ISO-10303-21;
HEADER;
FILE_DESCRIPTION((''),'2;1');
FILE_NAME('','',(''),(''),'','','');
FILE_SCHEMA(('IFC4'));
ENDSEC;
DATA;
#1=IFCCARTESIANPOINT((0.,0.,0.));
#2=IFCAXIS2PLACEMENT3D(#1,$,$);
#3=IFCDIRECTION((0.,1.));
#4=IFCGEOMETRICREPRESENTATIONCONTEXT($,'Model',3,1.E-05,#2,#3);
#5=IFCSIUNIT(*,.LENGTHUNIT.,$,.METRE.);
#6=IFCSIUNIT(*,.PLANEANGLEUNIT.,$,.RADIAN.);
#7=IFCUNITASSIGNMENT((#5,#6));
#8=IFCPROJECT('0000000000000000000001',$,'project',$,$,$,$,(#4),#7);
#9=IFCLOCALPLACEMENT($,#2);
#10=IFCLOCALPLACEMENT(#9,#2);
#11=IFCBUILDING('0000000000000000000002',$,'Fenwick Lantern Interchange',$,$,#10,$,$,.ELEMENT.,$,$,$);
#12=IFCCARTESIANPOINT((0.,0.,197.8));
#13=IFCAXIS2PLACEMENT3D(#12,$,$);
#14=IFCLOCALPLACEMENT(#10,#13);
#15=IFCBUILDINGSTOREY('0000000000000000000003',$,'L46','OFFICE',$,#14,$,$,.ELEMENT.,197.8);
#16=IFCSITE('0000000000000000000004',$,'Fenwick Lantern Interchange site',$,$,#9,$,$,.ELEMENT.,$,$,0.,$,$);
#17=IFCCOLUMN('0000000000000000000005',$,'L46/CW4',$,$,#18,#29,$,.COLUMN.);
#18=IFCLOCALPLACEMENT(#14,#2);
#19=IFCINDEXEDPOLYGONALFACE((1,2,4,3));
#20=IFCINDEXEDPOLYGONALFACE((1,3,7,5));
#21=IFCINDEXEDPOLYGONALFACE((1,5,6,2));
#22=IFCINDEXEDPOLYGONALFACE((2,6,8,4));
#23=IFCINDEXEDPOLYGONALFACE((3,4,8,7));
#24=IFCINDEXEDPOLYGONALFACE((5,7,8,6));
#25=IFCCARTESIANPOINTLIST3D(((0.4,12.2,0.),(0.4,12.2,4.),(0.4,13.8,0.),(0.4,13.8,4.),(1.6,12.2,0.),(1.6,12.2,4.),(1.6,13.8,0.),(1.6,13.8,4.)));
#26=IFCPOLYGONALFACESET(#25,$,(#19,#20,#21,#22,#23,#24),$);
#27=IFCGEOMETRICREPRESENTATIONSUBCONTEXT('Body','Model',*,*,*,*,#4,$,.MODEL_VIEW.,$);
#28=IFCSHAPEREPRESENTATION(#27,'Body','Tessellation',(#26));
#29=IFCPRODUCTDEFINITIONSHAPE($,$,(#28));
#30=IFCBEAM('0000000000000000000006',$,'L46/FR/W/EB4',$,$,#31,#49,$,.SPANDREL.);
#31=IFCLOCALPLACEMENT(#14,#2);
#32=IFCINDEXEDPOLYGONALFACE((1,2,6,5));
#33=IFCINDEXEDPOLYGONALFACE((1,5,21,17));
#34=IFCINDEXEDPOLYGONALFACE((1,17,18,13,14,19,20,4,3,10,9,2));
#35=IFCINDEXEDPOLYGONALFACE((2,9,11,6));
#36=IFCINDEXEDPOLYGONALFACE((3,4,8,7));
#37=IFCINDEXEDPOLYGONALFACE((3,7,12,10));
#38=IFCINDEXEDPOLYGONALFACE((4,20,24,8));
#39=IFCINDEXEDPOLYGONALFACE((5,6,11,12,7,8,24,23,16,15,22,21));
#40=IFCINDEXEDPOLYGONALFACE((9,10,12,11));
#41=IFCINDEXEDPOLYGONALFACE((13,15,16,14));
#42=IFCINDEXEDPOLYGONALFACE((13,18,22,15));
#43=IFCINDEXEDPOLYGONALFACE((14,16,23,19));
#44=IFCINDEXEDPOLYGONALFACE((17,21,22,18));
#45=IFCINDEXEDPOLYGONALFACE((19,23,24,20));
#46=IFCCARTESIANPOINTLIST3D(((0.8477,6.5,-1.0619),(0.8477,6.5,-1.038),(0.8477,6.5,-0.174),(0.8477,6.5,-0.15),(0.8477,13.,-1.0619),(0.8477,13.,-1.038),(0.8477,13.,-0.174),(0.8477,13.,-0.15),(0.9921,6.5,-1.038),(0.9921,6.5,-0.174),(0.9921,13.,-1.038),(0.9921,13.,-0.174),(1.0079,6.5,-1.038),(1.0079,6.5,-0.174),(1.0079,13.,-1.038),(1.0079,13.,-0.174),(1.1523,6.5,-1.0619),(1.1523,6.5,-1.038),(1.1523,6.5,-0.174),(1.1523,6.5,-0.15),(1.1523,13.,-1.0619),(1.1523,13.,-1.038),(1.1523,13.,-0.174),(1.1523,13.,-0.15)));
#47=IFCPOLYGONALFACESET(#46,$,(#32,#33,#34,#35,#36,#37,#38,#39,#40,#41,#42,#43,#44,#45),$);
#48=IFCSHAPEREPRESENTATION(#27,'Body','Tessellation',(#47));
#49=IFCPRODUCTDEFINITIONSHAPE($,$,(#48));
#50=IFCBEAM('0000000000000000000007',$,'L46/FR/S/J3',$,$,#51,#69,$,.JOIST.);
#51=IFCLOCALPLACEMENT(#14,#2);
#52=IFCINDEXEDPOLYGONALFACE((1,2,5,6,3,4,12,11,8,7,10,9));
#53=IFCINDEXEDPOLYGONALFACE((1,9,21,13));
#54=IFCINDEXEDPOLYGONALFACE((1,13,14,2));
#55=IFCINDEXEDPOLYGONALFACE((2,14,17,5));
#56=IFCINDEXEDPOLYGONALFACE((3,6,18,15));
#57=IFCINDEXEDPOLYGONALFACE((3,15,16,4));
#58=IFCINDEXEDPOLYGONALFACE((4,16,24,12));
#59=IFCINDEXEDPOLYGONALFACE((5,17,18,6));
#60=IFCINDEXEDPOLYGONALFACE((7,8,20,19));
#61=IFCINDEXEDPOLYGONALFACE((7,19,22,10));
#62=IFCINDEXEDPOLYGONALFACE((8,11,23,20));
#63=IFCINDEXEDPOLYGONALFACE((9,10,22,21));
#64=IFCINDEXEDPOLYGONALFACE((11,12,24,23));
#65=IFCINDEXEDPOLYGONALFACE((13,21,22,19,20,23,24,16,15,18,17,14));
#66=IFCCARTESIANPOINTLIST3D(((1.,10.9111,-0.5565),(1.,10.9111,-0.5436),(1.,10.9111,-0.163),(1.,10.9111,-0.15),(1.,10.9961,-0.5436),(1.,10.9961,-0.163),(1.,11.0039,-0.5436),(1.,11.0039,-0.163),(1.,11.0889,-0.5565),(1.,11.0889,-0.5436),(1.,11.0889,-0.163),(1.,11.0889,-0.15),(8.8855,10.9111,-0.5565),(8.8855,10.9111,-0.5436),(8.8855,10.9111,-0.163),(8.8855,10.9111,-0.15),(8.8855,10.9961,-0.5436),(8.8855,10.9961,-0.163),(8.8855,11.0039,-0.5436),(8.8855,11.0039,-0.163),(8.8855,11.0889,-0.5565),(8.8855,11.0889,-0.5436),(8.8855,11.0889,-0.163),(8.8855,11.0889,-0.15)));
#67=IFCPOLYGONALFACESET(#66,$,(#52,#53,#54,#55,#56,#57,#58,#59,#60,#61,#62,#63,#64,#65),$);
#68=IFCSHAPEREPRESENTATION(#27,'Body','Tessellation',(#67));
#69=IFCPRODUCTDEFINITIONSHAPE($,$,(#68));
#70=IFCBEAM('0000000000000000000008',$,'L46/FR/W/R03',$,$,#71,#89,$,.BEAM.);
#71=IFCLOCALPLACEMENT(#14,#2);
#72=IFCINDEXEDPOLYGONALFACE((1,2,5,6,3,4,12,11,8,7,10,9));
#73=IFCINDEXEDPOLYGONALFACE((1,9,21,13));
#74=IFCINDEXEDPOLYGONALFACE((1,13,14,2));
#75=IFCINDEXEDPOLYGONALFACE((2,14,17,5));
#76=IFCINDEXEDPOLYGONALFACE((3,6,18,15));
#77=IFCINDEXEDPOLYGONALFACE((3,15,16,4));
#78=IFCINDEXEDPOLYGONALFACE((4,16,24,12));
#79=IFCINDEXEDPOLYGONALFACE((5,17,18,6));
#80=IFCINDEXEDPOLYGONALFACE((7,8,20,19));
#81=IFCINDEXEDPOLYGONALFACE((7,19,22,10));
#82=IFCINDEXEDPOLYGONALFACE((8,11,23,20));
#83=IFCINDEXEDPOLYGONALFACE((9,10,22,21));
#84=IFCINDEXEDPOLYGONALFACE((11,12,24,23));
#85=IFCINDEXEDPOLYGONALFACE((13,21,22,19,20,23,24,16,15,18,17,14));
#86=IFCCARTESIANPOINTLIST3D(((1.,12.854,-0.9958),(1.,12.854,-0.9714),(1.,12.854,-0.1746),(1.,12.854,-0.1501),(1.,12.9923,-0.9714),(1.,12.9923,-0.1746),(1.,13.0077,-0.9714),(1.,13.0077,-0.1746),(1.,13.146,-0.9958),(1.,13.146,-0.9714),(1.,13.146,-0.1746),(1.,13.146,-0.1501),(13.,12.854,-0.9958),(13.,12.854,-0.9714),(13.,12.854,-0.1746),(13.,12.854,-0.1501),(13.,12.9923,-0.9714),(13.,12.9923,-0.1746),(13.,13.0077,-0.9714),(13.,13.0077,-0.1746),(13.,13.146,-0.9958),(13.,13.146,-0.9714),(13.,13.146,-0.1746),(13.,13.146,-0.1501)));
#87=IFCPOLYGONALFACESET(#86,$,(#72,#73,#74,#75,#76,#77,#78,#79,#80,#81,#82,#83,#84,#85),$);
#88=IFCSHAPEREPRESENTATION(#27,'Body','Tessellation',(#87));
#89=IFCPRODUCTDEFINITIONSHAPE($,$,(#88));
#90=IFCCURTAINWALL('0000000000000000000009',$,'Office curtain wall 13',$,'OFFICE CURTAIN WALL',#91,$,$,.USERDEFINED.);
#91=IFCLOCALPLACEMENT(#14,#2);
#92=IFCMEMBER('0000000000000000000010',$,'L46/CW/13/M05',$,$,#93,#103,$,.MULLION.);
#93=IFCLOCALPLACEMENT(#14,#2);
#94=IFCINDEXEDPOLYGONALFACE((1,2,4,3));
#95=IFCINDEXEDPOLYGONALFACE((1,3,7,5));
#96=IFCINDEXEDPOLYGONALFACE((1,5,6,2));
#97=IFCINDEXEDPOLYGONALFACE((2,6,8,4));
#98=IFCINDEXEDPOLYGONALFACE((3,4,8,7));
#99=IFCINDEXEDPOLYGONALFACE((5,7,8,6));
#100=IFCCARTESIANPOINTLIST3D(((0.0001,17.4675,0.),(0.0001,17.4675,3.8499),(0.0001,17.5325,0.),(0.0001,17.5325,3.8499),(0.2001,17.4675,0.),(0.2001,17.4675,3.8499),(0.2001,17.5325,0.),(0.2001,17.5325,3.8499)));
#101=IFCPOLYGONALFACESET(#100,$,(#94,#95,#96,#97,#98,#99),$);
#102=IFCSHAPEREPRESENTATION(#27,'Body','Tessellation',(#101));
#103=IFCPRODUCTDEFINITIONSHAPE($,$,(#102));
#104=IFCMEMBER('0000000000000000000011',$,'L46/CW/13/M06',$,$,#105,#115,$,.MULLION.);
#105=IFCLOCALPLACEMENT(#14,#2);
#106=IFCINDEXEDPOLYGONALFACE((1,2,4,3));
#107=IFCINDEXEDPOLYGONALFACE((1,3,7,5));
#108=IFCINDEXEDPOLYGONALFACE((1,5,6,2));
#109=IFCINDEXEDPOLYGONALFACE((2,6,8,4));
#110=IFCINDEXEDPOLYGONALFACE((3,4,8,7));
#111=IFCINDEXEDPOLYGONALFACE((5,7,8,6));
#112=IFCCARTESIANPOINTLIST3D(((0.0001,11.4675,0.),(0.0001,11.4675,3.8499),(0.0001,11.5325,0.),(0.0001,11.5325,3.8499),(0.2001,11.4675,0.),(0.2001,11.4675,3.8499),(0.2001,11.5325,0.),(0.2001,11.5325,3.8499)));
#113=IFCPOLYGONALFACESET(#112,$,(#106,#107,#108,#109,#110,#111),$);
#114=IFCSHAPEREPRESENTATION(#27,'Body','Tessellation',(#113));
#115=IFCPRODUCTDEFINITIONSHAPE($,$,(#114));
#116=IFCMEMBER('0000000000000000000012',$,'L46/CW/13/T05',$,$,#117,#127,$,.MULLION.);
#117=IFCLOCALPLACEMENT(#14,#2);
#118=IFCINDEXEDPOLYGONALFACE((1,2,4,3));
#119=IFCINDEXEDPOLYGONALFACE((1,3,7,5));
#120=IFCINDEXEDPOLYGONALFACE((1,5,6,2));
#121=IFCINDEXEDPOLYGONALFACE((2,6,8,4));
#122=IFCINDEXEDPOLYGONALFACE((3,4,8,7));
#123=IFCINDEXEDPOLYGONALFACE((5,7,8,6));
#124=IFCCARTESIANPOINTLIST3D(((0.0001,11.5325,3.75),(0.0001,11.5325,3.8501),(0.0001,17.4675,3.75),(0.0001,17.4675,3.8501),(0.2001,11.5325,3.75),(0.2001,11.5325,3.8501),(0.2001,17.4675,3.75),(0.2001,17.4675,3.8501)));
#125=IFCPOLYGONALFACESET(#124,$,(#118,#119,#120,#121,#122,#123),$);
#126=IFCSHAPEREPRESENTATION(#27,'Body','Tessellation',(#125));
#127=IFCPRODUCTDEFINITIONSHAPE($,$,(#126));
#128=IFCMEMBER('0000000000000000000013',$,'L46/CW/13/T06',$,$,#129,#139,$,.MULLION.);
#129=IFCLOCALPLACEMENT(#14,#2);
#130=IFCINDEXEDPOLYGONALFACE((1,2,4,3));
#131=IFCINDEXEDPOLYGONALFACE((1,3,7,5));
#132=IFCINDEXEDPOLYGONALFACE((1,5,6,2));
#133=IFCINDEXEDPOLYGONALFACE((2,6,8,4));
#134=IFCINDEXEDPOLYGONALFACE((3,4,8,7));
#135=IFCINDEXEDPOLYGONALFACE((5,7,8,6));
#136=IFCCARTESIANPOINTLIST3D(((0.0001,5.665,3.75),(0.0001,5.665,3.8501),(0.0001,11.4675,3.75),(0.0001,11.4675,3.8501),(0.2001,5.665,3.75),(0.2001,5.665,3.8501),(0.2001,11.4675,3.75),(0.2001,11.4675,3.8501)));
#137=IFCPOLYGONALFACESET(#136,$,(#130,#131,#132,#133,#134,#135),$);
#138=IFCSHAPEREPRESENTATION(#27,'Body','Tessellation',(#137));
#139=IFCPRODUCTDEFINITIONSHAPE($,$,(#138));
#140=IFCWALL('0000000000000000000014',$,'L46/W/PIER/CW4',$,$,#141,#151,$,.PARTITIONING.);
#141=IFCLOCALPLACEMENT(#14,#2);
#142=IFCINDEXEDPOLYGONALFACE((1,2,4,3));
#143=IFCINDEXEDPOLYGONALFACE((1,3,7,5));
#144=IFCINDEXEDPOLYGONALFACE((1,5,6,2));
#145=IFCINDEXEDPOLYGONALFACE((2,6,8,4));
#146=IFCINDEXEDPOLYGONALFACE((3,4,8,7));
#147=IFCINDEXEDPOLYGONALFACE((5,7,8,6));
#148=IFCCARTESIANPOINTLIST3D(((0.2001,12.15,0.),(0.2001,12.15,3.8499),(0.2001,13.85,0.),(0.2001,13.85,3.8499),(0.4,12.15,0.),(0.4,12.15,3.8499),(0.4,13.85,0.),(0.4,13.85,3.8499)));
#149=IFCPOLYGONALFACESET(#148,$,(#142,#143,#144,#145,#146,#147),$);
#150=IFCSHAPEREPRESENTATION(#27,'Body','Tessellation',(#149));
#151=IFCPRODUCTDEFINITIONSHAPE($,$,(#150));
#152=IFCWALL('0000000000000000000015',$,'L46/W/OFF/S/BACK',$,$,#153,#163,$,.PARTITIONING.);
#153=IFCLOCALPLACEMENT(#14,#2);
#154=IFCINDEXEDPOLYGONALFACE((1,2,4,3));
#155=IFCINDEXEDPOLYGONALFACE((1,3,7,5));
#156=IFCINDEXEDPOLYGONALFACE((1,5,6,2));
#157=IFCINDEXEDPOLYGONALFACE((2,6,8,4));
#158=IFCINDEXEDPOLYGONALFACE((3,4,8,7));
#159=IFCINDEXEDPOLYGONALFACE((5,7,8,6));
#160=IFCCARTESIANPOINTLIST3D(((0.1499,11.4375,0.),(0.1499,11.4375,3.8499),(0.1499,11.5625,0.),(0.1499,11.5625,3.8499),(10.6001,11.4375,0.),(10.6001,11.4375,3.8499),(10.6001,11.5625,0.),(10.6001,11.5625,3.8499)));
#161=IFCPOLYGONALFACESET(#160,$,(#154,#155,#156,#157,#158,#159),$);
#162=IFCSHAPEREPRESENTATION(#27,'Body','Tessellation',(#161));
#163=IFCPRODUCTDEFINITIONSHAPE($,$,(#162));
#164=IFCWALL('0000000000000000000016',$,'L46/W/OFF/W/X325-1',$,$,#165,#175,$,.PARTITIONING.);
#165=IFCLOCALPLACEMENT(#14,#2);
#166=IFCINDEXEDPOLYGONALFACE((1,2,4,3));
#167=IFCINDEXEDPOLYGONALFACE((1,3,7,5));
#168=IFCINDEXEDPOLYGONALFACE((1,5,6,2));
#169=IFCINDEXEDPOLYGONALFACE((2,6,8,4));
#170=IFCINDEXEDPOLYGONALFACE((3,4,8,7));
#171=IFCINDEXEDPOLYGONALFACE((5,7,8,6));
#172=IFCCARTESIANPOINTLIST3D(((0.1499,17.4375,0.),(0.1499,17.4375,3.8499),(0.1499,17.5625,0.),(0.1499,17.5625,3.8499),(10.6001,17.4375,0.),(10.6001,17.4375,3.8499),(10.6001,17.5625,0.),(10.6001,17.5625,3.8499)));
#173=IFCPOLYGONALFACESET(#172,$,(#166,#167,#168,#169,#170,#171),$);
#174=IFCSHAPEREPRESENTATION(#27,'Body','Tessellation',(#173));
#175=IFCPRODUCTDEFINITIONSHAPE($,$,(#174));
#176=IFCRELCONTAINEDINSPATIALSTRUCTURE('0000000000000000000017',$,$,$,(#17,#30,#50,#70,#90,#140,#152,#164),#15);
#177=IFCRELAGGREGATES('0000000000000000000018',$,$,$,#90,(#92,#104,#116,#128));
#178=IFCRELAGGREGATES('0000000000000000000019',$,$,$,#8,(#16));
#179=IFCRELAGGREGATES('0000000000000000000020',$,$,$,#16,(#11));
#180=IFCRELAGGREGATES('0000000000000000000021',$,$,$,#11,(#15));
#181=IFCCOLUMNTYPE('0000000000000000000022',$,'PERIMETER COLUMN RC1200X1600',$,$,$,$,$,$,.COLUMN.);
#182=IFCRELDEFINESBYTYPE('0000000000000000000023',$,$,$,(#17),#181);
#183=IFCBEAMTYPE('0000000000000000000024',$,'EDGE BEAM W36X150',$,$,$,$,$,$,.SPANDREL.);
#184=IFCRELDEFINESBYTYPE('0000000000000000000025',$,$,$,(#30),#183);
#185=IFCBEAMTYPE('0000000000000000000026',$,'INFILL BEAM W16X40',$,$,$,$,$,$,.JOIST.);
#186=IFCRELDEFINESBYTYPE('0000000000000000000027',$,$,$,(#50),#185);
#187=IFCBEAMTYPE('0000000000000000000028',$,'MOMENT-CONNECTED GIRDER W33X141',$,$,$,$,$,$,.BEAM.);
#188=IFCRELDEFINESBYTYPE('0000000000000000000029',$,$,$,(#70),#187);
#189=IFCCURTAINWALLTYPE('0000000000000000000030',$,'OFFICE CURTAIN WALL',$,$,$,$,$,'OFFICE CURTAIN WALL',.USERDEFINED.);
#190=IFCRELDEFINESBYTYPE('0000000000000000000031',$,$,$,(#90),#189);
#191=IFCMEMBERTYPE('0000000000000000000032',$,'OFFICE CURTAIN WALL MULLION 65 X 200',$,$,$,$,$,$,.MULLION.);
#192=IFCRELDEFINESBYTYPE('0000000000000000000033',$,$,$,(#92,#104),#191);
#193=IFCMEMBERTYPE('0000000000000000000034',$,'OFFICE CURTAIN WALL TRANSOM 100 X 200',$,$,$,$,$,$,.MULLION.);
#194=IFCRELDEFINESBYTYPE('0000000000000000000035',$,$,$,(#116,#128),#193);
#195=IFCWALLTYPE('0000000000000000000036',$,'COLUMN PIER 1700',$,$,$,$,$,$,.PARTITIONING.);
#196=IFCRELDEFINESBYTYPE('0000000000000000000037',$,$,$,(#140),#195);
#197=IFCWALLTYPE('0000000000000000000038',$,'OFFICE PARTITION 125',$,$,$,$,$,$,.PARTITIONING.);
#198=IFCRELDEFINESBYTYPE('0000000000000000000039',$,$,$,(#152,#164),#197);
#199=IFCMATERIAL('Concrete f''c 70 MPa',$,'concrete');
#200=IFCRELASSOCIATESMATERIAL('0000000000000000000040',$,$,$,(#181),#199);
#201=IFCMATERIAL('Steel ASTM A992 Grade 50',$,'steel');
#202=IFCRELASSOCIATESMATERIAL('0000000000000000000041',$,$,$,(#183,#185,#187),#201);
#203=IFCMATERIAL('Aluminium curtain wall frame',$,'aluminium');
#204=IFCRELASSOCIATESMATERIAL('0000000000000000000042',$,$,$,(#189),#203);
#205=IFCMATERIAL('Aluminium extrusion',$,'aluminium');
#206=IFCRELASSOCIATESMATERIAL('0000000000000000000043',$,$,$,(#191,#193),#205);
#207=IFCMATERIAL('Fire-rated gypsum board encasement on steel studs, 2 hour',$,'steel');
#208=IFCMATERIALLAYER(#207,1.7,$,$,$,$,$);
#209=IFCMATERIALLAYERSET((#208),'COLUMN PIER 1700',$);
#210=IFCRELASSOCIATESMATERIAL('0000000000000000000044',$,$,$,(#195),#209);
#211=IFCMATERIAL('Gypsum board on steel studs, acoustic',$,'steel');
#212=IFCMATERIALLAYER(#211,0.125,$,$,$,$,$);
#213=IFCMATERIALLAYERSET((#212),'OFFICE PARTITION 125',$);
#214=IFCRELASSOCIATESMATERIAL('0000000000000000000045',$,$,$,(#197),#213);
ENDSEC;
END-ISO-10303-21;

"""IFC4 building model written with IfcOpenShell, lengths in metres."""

from ifc_helpers import new_model, si_unit, direction, frame, frame_2d, origin, origin_2d, place, context, subcontext, project, spatial, rectangle, i_section, extrude, material, layer, layer_set, material_profile, profile_set, type_object, element, aggregate, save


model = new_model("IFC4")

# Units and contexts
model_context = context("Model", 3, precision=1e-05, world=origin(), true_north=direction((0.0, 1.0)))
body_context = subcontext(model_context, "Body", "Model", "MODEL_VIEW")
ifc_project = project(units=[si_unit("LENGTHUNIT", "METRE"), si_unit("PLANEANGLEUNIT", "RADIAN")], contexts=[model_context])

# Site, building, storey
site_placement = place(None, origin())
site = spatial("IfcSite", under=ifc_project, at=site_placement, Name="Fenwick Lantern Interchange site", CompositionType="ELEMENT", RefElevation=0.0)
building_placement = place(site_placement, origin())
building = spatial("IfcBuilding", under=site, at=building_placement, Name="Fenwick Lantern Interchange", CompositionType="ELEMENT")
storey_placement = place(building_placement, frame((0.0, 0.0, 197.8)))
storey = spatial("IfcBuildingStorey", under=building, at=storey_placement, Name="L46", Description="OFFICE", CompositionType="ELEMENT", Elevation=197.8)

# Column
ifc_material_1 = material(Name="Concrete f'c 70 MPa", Category="concrete")
ifc_material_profile_1 = material_profile(ifc_material_1, rectangle(XDim=1.2, YDim=1.6001, at=origin_2d()), Name="RC1200X1600")
ifc_profile_set_1 = profile_set([ifc_material_profile_1], Name="Concrete f'c 70 MPa")
column_type = type_object("IfcColumnType", Name="PERIMETER COLUMN RC1200X1600", PredefinedType="COLUMN", material=ifc_profile_set_1)
column_placement = place(storey_placement, frame((1.0, 13.0, 0.0), z_axis=(0.0, 0.0, 1.0), x_axis=(1.0, 0.0, 0.0)))
element("IfcColumn", 1, at=column_placement, inside=storey, type_object=column_type, Name="L46/CW4", PredefinedType="COLUMN", context=body_context, shape_type="SweptSolid", body=[
    extrude(rectangle(XDim=1.2, YDim=1.6001, at=origin_2d()), origin(), (0.0, 0.0, 1.0), 4.0),
])

# Beams
ifc_material_2 = material(Name="Steel ASTM A992 Grade 50", Category="steel")
ifc_material_profile_2 = material_profile(ifc_material_2, i_section(OverallWidth=0.3047, OverallDepth=0.9119, WebThickness=0.0159, FlangeThickness=0.0239, at=origin_2d()), Name="W36X150")
ifc_profile_set_2 = profile_set([ifc_material_profile_2], Name="Steel ASTM A992 Grade 50")
beam_type_1 = type_object("IfcBeamType", Name="EDGE BEAM W36X150", PredefinedType="SPANDREL", material=ifc_profile_set_2)
beam_1_placement = place(storey_placement, frame((1.0, 13.0, -0.606), z_axis=(0.0, -1.0, 0.0), x_axis=(1.0, 0.0, 0.0)))
element("IfcBeam", 2, at=beam_1_placement, inside=storey, type_object=beam_type_1, Name="L46/FR/W/EB4", PredefinedType="SPANDREL", context=body_context, shape_type="SweptSolid", body=[
    extrude(i_section(OverallWidth=0.3047, OverallDepth=0.9119, WebThickness=0.0159, FlangeThickness=0.0239, at=origin_2d()), origin(), (0.0, 0.0, 1.0), 6.5),
])
ifc_material_profile_3 = material_profile(ifc_material_2, i_section(OverallWidth=0.1777, OverallDepth=0.4065, WebThickness=0.0078, FlangeThickness=0.0129, at=origin_2d()), Name="W16X40")
ifc_profile_set_3 = profile_set([ifc_material_profile_3], Name="Steel ASTM A992 Grade 50")
beam_type_2 = type_object("IfcBeamType", Name="INFILL BEAM W16X40", PredefinedType="JOIST", material=ifc_profile_set_3)
beam_2_placement = place(storey_placement, frame((1.0, 11.0, -0.3533), z_axis=(1.0, 0.0, 0.0), x_axis=(0.0, 1.0, 0.0)))
element("IfcBeam", 3, at=beam_2_placement, inside=storey, type_object=beam_type_2, Name="L46/FR/S/J3", PredefinedType="JOIST", context=body_context, shape_type="SweptSolid", body=[
    extrude(i_section(OverallWidth=0.1777, OverallDepth=0.4065, WebThickness=0.0078, FlangeThickness=0.0129, at=origin_2d()), origin(), (0.0, 0.0, 1.0), 7.8855),
])
ifc_material_profile_4 = material_profile(ifc_material_2, i_section(OverallWidth=0.292, OverallDepth=0.8457, WebThickness=0.0154, FlangeThickness=0.0244, at=origin_2d()), Name="W33X141")
ifc_profile_set_4 = profile_set([ifc_material_profile_4], Name="Steel ASTM A992 Grade 50")
beam_type_3 = type_object("IfcBeamType", Name="MOMENT-CONNECTED GIRDER W33X141", PredefinedType="BEAM", material=ifc_profile_set_4)
beam_3_placement = place(storey_placement, frame((1.0, 13.0, -0.573), z_axis=(1.0, 0.0, 0.0), x_axis=(0.0, 1.0, 0.0)))
element("IfcBeam", 4, at=beam_3_placement, inside=storey, type_object=beam_type_3, Name="L46/FR/W/R03", PredefinedType="BEAM", context=body_context, shape_type="SweptSolid", body=[
    extrude(i_section(OverallWidth=0.292, OverallDepth=0.8457, WebThickness=0.0154, FlangeThickness=0.0244, at=origin_2d()), origin(), (0.0, 0.0, 1.0), 12.0),
])

# Curtain wall, members
ifc_material_3 = material(Name="Aluminium curtain wall frame", Category="aluminium")
curtain_wall_type = type_object("IfcCurtainWallType", Name="OFFICE CURTAIN WALL", ElementType="OFFICE CURTAIN WALL", PredefinedType="USERDEFINED", material=ifc_material_3)
curtain_wall_placement = place(storey_placement, origin())
curtain_wall = element("IfcCurtainWall", 5, at=curtain_wall_placement, inside=storey, type_object=curtain_wall_type, Name="Office curtain wall 13", ObjectType="OFFICE CURTAIN WALL", PredefinedType="USERDEFINED")
ifc_material_4 = material(Name="Aluminium extrusion", Category="aluminium")
ifc_material_profile_5 = material_profile(ifc_material_4, rectangle(XDim=0.2, YDim=0.0649, at=origin_2d()), Name="OFFICE CURTAIN WALL MULLION 65 X 200")
ifc_profile_set_5 = profile_set([ifc_material_profile_5], Name="Aluminium extrusion")
member_type_1 = type_object("IfcMemberType", Name="OFFICE CURTAIN WALL MULLION 65 X 200", PredefinedType="MULLION", material=ifc_profile_set_5)
member_1_placement = place(storey_placement, frame((0.1001, 17.5, 0.0), z_axis=(0.0, 0.0, 1.0), x_axis=(1.0, 0.0, 0.0)))
member_1 = element("IfcMember", 6, at=member_1_placement, type_object=member_type_1, Name="L46/CW/13/M05", PredefinedType="MULLION", context=body_context, shape_type="SweptSolid", body=[
    extrude(rectangle(XDim=0.2, YDim=0.0649, at=origin_2d()), origin(), (0.0, 0.0, 1.0), 3.8499),
])
member_2_placement = place(storey_placement, frame((0.1001, 11.5, 0.0), z_axis=(0.0, 0.0, 1.0), x_axis=(1.0, 0.0, 0.0)))
member_2 = element("IfcMember", 7, at=member_2_placement, type_object=member_type_1, Name="L46/CW/13/M06", PredefinedType="MULLION", context=body_context, shape_type="SweptSolid", body=[
    extrude(rectangle(XDim=0.2, YDim=0.0649, at=origin_2d()), origin(), (0.0, 0.0, 1.0), 3.8499),
])
ifc_material_profile_6 = material_profile(ifc_material_4, rectangle(XDim=0.2, YDim=0.1001, at=origin_2d()), Name="OFFICE CURTAIN WALL TRANSOM 100 X 200")
ifc_profile_set_6 = profile_set([ifc_material_profile_6], Name="Aluminium extrusion")
member_type_2 = type_object("IfcMemberType", Name="OFFICE CURTAIN WALL TRANSOM 100 X 200", PredefinedType="MULLION", material=ifc_profile_set_6)
member_3_placement = place(storey_placement, frame((0.1001, 17.4675, 3.8), z_axis=(0.0, -1.0, 0.0), x_axis=(1.0, 0.0, 0.0)))
member_3 = element("IfcMember", 8, at=member_3_placement, type_object=member_type_2, Name="L46/CW/13/T05", PredefinedType="MULLION", context=body_context, shape_type="SweptSolid", body=[
    extrude(rectangle(XDim=0.2, YDim=0.1001, at=origin_2d()), origin(), (0.0, 0.0, 1.0), 5.9351),
])
member_4_placement = place(storey_placement, frame((0.1001, 11.4675, 3.8), z_axis=(0.0, -1.0, 0.0), x_axis=(1.0, 0.0, 0.0)))
member_4 = element("IfcMember", 9, at=member_4_placement, type_object=member_type_2, Name="L46/CW/13/T06", PredefinedType="MULLION", context=body_context, shape_type="SweptSolid", body=[
    extrude(rectangle(XDim=0.2, YDim=0.1001, at=origin_2d()), origin(), (0.0, 0.0, 1.0), 5.8025),
])
aggregate(curtain_wall, [member_1, member_2, member_3, member_4])

# Walls
ifc_material_5 = material(Name="Fire-rated gypsum board encasement on steel studs, 2 hour", Category="steel")
ifc_layer_1 = layer(ifc_material_5, 1.7)
ifc_layer_set_1 = layer_set([ifc_layer_1], Name="COLUMN PIER 1700")
wall_type_1 = type_object("IfcWallType", Name="COLUMN PIER 1700", PredefinedType="PARTITIONING", material=ifc_layer_set_1)
wall_1_placement = place(storey_placement, frame((0.2, 13.0, 0.0), z_axis=(0.0, 0.0, 1.0), x_axis=(1.0, 0.0, 0.0)))
element("IfcWall", 10, at=wall_1_placement, inside=storey, type_object=wall_type_1, Name="L46/W/PIER/CW4", PredefinedType="PARTITIONING", context=body_context, shape_type="SweptSolid", body=[
    extrude(rectangle(XDim=0.2, YDim=1.7, at=frame_2d((0.1001, 0.0))), origin(), (0.0, 0.0, 1.0), 3.8499),
])
ifc_material_6 = material(Name="Gypsum board on steel studs, acoustic", Category="steel")
ifc_layer_2 = layer(ifc_material_6, 0.125)
ifc_layer_set_2 = layer_set([ifc_layer_2], Name="OFFICE PARTITION 125")
wall_type_2 = type_object("IfcWallType", Name="OFFICE PARTITION 125", PredefinedType="PARTITIONING", material=ifc_layer_set_2)
for number, where, z_axis, x_axis, name in (
    (11, (0.1499, 11.5, 0.0), (0.0, 0.0, 1.0), (1.0, 0.0, 0.0), "L46/W/OFF/S/BACK"),
    (12, (0.1499, 17.5, 0.0), (0.0, 0.0, 1.0), (1.0, 0.0, 0.0), "L46/W/OFF/W/X325-1"),
):
    element("IfcWall", number, at=place(storey_placement, frame(where, z_axis=z_axis, x_axis=x_axis)), inside=storey, type_object=wall_type_2, Name=name, PredefinedType="PARTITIONING", context=body_context, shape_type="SweptSolid", body=[
        extrude(rectangle(XDim=10.4502, YDim=0.125, at=frame_2d((5.2251, 0.0))), origin(), (0.0, 0.0, 1.0), 3.8499),
    ])

save(model, "model.ifc")
